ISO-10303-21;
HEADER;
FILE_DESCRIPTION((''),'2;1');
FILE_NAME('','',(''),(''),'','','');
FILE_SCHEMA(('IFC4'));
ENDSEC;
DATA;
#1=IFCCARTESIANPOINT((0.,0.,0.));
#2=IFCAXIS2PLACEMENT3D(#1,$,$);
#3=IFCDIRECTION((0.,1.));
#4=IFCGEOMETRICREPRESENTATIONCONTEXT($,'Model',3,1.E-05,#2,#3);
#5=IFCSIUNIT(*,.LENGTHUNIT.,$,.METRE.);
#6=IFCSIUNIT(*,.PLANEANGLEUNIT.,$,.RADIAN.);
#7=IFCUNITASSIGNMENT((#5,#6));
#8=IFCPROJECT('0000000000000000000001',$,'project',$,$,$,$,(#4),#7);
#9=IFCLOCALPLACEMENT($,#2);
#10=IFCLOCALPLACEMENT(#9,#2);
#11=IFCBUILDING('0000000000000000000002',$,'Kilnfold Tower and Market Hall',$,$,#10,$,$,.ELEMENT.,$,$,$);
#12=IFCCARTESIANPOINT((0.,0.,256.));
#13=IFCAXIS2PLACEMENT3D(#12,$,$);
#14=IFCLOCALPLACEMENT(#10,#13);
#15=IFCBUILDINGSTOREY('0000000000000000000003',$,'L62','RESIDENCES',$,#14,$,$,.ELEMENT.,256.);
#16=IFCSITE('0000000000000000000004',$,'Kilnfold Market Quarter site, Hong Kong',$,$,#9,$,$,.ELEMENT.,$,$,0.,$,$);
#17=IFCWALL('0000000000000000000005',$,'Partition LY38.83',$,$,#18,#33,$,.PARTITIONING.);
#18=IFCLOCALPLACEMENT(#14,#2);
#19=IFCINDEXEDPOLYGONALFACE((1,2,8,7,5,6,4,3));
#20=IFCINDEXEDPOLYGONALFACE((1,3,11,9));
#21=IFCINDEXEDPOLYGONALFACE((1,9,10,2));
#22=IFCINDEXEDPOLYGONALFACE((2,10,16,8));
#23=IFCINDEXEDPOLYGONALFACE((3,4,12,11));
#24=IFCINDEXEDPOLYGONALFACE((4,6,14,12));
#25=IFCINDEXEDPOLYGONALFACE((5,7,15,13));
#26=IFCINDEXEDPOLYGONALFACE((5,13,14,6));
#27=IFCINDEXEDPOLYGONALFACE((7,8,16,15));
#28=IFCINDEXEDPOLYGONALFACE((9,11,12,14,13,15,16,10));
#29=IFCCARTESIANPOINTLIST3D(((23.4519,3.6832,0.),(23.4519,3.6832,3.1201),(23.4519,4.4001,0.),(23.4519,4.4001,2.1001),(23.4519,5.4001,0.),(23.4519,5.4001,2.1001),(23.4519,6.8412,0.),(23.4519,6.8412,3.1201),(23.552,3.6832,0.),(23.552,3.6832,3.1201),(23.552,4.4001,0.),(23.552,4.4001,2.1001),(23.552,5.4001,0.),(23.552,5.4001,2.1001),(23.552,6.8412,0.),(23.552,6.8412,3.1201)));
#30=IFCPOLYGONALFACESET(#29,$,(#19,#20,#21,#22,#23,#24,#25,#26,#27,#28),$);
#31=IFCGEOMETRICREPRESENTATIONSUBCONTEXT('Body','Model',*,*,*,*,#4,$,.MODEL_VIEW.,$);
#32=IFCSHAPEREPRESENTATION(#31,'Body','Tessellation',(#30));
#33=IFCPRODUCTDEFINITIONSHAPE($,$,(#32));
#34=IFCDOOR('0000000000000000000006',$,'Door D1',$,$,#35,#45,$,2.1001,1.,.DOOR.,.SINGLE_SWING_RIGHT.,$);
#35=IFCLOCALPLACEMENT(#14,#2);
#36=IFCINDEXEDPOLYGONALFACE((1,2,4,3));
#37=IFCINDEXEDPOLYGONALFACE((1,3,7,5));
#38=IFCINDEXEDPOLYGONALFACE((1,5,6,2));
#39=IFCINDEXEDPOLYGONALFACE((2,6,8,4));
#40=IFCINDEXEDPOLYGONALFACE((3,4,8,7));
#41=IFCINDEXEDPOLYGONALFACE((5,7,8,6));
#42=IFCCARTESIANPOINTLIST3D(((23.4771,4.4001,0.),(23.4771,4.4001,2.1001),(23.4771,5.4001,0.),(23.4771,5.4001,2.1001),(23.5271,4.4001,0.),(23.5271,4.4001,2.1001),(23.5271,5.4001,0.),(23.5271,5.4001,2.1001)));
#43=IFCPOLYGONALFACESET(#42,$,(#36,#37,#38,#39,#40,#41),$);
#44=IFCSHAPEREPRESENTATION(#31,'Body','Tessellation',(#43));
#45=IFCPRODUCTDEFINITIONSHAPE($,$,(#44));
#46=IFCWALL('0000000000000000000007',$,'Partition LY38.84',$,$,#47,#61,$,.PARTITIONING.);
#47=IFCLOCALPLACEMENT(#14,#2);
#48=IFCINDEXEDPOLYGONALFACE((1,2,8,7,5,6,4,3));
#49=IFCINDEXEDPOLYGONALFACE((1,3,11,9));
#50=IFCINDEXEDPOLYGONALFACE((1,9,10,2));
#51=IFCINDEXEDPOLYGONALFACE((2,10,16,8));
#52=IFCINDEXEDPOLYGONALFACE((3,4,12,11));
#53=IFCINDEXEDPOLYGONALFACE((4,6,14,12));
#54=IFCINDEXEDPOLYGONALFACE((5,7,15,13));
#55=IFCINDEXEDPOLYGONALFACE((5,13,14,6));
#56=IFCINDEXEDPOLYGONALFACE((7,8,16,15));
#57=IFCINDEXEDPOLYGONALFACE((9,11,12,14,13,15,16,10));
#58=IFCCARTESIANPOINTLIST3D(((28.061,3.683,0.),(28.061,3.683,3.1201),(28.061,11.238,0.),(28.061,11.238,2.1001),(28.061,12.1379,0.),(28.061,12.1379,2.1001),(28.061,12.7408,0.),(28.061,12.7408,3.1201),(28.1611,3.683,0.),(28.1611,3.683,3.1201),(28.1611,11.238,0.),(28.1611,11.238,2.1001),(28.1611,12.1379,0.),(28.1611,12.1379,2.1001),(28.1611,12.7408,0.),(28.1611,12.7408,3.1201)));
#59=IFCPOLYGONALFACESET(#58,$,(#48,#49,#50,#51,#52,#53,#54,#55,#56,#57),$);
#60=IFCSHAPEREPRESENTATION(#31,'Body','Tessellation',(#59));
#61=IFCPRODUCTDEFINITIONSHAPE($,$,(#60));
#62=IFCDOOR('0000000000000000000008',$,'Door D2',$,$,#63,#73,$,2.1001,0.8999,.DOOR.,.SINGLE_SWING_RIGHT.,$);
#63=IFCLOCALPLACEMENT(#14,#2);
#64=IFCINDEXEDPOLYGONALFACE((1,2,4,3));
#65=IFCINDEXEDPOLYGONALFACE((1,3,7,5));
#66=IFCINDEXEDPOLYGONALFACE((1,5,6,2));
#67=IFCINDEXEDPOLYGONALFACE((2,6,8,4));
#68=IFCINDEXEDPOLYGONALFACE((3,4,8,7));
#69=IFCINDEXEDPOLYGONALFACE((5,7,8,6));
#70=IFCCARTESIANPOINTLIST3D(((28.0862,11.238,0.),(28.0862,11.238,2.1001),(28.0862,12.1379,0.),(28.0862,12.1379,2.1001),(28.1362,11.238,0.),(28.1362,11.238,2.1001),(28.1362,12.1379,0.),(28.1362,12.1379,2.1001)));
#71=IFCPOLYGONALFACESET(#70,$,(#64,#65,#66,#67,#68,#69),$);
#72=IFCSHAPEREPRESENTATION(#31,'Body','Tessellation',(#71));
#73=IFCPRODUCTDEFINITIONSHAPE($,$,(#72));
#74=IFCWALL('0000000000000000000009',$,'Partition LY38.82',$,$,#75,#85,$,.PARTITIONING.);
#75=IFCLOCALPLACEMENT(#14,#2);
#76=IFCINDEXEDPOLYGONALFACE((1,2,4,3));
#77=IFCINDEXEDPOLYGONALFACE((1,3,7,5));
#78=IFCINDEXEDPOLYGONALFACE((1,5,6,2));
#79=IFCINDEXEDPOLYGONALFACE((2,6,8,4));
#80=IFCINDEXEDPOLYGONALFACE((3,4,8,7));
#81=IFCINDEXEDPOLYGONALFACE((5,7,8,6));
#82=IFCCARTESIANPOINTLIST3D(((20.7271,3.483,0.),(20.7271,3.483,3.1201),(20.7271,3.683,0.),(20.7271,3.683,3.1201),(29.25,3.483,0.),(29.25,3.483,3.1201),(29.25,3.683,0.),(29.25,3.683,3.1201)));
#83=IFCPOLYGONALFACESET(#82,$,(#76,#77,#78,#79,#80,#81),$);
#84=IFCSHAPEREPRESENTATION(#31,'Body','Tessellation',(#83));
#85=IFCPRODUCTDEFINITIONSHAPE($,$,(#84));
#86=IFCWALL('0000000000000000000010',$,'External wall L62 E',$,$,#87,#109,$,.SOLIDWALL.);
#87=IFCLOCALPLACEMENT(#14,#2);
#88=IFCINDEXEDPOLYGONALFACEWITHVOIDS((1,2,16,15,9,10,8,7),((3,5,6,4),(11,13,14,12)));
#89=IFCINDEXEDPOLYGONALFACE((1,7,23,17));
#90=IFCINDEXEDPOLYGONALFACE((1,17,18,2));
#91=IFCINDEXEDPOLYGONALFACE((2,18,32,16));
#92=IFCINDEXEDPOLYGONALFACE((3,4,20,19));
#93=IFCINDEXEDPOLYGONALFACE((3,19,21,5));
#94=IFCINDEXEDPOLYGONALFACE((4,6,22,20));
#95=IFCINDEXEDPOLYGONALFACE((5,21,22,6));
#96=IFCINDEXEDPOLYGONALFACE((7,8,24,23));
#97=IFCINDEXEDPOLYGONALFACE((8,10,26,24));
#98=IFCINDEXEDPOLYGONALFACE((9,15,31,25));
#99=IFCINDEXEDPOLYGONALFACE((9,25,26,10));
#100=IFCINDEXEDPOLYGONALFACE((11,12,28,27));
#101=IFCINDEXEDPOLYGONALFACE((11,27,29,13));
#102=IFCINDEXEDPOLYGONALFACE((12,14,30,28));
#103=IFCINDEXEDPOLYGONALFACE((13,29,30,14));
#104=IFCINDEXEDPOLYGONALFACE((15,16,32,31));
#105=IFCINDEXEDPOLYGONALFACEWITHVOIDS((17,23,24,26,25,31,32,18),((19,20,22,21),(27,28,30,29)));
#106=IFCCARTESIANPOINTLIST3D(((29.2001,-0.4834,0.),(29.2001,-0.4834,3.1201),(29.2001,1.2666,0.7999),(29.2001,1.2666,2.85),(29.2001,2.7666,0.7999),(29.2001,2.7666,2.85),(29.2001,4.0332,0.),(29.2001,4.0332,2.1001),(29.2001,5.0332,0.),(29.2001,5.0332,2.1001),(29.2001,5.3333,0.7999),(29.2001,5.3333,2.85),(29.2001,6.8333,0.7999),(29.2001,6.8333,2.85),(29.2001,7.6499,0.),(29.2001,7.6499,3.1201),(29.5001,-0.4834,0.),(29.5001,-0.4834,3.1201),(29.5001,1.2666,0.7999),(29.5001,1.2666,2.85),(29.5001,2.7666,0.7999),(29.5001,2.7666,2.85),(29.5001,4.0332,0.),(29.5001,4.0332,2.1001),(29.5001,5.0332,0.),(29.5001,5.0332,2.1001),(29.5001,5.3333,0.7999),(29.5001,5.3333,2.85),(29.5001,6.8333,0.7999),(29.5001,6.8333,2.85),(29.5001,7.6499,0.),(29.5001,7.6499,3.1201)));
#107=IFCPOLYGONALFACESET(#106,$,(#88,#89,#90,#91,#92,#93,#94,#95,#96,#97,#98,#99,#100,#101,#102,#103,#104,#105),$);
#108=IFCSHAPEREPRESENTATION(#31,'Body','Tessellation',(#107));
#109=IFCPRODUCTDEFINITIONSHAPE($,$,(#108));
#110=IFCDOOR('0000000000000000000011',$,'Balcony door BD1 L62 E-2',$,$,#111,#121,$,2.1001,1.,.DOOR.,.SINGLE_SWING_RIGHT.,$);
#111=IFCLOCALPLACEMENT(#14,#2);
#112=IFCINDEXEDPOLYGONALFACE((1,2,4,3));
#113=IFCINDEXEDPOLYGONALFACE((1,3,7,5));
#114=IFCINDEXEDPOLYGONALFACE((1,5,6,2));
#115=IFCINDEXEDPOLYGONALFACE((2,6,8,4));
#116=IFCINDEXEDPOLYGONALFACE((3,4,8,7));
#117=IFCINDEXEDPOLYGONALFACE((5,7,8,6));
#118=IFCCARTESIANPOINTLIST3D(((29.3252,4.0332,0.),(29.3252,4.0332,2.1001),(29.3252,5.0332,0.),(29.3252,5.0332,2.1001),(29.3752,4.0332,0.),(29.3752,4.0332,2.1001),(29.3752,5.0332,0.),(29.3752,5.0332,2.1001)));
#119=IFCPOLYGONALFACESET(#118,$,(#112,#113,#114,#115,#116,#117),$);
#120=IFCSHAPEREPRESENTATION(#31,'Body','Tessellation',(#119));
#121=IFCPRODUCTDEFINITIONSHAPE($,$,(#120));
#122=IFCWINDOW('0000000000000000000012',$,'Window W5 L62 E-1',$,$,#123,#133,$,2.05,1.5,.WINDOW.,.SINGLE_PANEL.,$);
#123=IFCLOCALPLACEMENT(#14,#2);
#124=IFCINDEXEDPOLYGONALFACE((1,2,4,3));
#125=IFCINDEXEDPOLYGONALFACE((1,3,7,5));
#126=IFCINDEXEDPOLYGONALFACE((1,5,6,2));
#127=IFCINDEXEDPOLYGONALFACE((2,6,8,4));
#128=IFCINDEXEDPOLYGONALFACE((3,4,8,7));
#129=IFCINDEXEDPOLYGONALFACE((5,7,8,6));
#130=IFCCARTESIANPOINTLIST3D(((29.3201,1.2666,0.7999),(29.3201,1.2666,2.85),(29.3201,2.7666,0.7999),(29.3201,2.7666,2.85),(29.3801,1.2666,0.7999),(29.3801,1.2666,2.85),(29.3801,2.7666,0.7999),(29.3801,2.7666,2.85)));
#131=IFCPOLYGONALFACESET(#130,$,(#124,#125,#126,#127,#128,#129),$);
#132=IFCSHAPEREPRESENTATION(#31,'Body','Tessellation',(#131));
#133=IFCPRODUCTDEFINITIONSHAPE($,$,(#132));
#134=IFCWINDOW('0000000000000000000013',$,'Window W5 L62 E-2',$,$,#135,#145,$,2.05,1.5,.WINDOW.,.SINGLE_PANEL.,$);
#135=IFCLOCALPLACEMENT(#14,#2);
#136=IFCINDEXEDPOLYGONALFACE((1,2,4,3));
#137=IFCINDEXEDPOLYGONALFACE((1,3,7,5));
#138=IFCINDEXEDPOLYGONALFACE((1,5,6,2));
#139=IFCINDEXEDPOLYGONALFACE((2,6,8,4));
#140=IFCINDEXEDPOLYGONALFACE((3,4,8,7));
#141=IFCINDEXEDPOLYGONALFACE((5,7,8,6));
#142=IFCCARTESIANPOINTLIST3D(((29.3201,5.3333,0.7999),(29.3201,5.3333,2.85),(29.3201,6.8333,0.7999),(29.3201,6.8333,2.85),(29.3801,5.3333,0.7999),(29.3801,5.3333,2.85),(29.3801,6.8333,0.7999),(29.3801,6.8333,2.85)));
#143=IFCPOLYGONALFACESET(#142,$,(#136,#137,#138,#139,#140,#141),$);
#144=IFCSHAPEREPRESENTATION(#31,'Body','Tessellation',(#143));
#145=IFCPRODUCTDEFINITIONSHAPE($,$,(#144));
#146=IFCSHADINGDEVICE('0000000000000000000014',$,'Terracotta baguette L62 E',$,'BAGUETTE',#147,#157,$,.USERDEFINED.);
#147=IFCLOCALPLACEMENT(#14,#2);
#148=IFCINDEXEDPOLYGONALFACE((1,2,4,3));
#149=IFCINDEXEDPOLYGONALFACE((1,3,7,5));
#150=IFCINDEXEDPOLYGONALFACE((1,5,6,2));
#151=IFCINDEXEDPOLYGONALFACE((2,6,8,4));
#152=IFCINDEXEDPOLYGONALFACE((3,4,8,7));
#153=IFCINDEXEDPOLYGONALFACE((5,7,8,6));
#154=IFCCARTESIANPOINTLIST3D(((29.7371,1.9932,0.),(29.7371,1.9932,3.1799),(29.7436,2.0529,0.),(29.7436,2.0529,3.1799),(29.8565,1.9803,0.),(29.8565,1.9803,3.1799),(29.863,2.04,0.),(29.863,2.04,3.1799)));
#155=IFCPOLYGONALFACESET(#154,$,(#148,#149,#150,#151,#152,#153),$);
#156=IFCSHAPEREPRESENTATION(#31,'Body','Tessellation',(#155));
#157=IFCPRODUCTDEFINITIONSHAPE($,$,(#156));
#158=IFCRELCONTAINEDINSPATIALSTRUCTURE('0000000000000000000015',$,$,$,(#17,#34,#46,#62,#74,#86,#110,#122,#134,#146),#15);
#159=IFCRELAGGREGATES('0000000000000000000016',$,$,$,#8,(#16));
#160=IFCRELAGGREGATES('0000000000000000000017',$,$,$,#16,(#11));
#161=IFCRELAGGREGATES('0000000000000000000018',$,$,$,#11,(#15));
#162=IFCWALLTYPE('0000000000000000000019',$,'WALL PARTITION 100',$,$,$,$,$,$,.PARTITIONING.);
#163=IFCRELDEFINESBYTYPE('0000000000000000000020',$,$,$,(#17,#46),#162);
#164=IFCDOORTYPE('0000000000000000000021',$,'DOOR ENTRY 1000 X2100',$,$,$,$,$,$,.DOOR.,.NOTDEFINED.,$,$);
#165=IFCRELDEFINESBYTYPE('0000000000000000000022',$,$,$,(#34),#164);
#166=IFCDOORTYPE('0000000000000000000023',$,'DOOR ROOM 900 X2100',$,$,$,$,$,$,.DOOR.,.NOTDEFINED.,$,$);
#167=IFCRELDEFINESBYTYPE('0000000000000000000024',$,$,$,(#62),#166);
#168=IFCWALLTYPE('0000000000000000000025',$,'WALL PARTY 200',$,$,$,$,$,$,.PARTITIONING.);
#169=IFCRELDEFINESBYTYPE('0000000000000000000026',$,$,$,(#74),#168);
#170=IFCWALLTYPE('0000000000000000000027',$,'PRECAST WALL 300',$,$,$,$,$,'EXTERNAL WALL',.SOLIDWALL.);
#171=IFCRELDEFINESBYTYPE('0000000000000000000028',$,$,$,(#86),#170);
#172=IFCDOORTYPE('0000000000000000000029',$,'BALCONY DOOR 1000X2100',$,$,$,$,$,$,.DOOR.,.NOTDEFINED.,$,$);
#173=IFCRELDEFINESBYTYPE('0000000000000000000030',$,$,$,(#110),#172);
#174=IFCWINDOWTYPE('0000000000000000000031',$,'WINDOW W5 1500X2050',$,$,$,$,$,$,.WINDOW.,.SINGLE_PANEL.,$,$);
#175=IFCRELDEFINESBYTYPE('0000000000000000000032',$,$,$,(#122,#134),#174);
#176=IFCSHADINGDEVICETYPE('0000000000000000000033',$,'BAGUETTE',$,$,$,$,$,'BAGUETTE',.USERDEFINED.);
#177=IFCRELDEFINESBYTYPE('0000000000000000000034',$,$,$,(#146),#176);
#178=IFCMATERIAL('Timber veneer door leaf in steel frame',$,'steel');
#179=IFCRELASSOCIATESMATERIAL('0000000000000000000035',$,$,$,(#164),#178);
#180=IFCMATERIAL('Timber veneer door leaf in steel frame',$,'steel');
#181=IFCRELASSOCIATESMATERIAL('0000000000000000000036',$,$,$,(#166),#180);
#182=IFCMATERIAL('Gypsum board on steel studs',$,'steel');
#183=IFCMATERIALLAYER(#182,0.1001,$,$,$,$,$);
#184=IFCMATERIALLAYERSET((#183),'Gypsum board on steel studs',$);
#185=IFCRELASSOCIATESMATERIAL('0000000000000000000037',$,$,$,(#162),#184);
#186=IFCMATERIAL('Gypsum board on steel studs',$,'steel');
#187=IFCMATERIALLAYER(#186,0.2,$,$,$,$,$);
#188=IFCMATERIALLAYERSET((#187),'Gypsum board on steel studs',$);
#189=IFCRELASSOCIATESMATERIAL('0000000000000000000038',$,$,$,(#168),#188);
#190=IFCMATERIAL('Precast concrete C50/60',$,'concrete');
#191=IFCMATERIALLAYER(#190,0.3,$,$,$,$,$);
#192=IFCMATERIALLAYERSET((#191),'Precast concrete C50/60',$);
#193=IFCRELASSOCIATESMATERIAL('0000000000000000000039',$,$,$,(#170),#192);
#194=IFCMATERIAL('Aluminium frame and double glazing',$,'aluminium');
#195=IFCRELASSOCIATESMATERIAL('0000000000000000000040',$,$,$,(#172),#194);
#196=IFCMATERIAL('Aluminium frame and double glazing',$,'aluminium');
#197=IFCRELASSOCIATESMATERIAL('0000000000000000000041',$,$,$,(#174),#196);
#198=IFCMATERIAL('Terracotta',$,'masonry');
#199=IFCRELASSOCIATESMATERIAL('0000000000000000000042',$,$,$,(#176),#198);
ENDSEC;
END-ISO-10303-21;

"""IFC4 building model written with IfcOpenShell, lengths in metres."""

from ifc_helpers import new_model, si_unit, direction, frame, frame_2d, origin, origin_2d, place, context, subcontext, project, spatial, rectangle, extrude, source, transform, mapped, material, layer, layer_set, material_profile, profile_set, type_object, element, fill, save


model = new_model("IFC4")

# Units and contexts
model_context = context("Model", 3, precision=1e-05, world=origin(), true_north=direction((0.0, 1.0)))
body_context = subcontext(model_context, "Body", "Model", "MODEL_VIEW")
ifc_project = project(units=[si_unit("LENGTHUNIT", "METRE"), si_unit("PLANEANGLEUNIT", "RADIAN")], contexts=[model_context])

# Site, building, storey
site_placement = place(None, origin())
site = spatial("IfcSite", under=ifc_project, at=site_placement, Name="Kilnfold Market Quarter site, Hong Kong", CompositionType="ELEMENT", RefElevation=0.0)
building_placement = place(site_placement, origin())
building = spatial("IfcBuilding", under=site, at=building_placement, Name="Kilnfold Tower and Market Hall", CompositionType="ELEMENT")
storey_placement = place(building_placement, frame((0.0, 0.0, 256.0)))
storey = spatial("IfcBuildingStorey", under=building, at=storey_placement, Name="L62", Description="RESIDENCES", CompositionType="ELEMENT", Elevation=256.0)

# Walls, openings, doors
ifc_material_1 = material(Name="Timber veneer door leaf in steel frame", Category="steel")
door_type_1 = type_object("IfcDoorType", Name="DOOR ENTRY 1000 X2100", OperationType="NOTDEFINED", PredefinedType="DOOR", material=ifc_material_1)
ifc_material_2 = material(Name="Timber veneer door leaf in steel frame", Category="steel")
door_type_2 = type_object("IfcDoorType", Name="DOOR ROOM 900 X2100", OperationType="NOTDEFINED", PredefinedType="DOOR", material=ifc_material_2)
ifc_material_3 = material(Name="Gypsum board on steel studs", Category="steel")
ifc_layer_1 = layer(ifc_material_3, 0.1001)
ifc_layer_set_1 = layer_set([ifc_layer_1], Name="Gypsum board on steel studs")
wall_type_1 = type_object("IfcWallType", Name="WALL PARTITION 100", PredefinedType="PARTITIONING", material=ifc_layer_set_1)
wall_1_placement = place(storey_placement, frame((23.502, 3.6831, 0.0), z_axis=(0.0, 0.0, 1.0), x_axis=(0.0, 1.0, 0.0)))
wall_1 = element("IfcWall", 1, at=wall_1_placement, inside=storey, type_object=wall_type_1, Name="Partition LY38.83", PredefinedType="PARTITIONING", context=body_context, shape_type="SweptSolid", body=[
    extrude(rectangle(XDim=3.158, YDim=0.1001, at=frame_2d((1.5791, 0.0))), origin(), (0.0, 0.0, 1.0), 3.1201),
])
opening_1_placement = place(wall_1_placement, frame((0.717, 0.0, 0.0)))
opening_1 = element("IfcOpeningElement", 2, at=opening_1_placement, cuts=wall_1, PredefinedType="OPENING", context=body_context, shape_type="SweptSolid", body=[
    extrude(rectangle(XDim=1.0, YDim=2.1001, at=frame_2d((0.5, 1.05))), frame((0.0, 0.0601, 0.0), z_axis=(0.0, -1.0, 0.0), x_axis=(1.0, 0.0, 0.0)), (0.0, 0.0, 1.0), 0.1201),
])
door_1_placement = place(opening_1_placement, origin())
door_1 = element("IfcDoor", 3, at=door_1_placement, inside=storey, type_object=door_type_1, Name="Door D1", OperationType="SINGLE_SWING_RIGHT", OverallHeight=2.1001, OverallWidth=1.0, PredefinedType="DOOR", context=body_context, shape_type="SweptSolid", body=[
    extrude(rectangle(XDim=1.0, YDim=2.1001, at=frame_2d((0.5, 1.05))), frame((0.0, 0.0249, 0.0), z_axis=(0.0, -1.0, 0.0), x_axis=(1.0, 0.0, 0.0)), (0.0, 0.0, 1.0), 0.05),
])
fill(opening_1, door_1)
wall_2_placement = place(storey_placement, frame((28.1111, 3.6831, 0.0), z_axis=(0.0, 0.0, 1.0), x_axis=(0.0, 1.0, 0.0)))
wall_2 = element("IfcWall", 4, at=wall_2_placement, inside=storey, type_object=wall_type_1, Name="Partition LY38.84", PredefinedType="PARTITIONING", context=body_context, shape_type="SweptSolid", body=[
    extrude(rectangle(XDim=9.0579, YDim=0.1001, at=frame_2d((4.5288, 0.0))), origin(), (0.0, 0.0, 1.0), 3.1201),
])
opening_2_placement = place(wall_2_placement, frame((7.5549, 0.0, 0.0)))
opening_2 = element("IfcOpeningElement", 5, at=opening_2_placement, cuts=wall_2, PredefinedType="OPENING", context=body_context, shape_type="SweptSolid", body=[
    extrude(rectangle(XDim=0.8999, YDim=2.1001, at=frame_2d((0.45, 1.05))), frame((0.0, 0.0601, 0.0), z_axis=(0.0, -1.0, 0.0), x_axis=(1.0, 0.0, 0.0)), (0.0, 0.0, 1.0), 0.1201),
])
door_2_placement = place(opening_2_placement, origin())
door_2 = element("IfcDoor", 6, at=door_2_placement, inside=storey, type_object=door_type_2, Name="Door D2", OperationType="SINGLE_SWING_RIGHT", OverallHeight=2.1001, OverallWidth=0.8999, PredefinedType="DOOR", context=body_context, shape_type="SweptSolid", body=[
    extrude(rectangle(XDim=0.8999, YDim=2.1001, at=frame_2d((0.45, 1.05))), frame((0.0, 0.0249, 0.0), z_axis=(0.0, -1.0, 0.0), x_axis=(1.0, 0.0, 0.0)), (0.0, 0.0, 1.0), 0.05),
])
fill(opening_2, door_2)

# Wall
ifc_material_4 = material(Name="Gypsum board on steel studs", Category="steel")
ifc_layer_2 = layer(ifc_material_4, 0.2)
ifc_layer_set_2 = layer_set([ifc_layer_2], Name="Gypsum board on steel studs")
wall_type_2 = type_object("IfcWallType", Name="WALL PARTY 200", PredefinedType="PARTITIONING", material=ifc_layer_set_2)
wall_3_placement = place(storey_placement, frame((20.7271, 3.583, 0.0), z_axis=(0.0, 0.0, 1.0), x_axis=(1.0, 0.0, 0.0)))
element("IfcWall", 7, at=wall_3_placement, inside=storey, type_object=wall_type_2, Name="Partition LY38.82", PredefinedType="PARTITIONING", context=body_context, shape_type="SweptSolid", body=[
    extrude(rectangle(XDim=8.5229, YDim=0.2, at=frame_2d((4.2615, 0.0))), origin(), (0.0, 0.0, 1.0), 3.1201),
])

# Wall, openings, door, windows
ifc_material_5 = material(Name="Precast concrete C50/60", Category="concrete")
ifc_layer_3 = layer(ifc_material_5, 0.3)
ifc_layer_set_3 = layer_set([ifc_layer_3], Name="Precast concrete C50/60")
wall_type_3 = type_object("IfcWallType", Name="PRECAST WALL 300", ElementType="EXTERNAL WALL", PredefinedType="SOLIDWALL", material=ifc_layer_set_3)
shared_shape_1 = source(origin(), body_context, "Body", "SweptSolid", [
    extrude(rectangle(XDim=8.1333, YDim=0.3, at=frame_2d((4.0667, 0.0))), origin(), (0.0, 0.0, 1.0), 3.1201),
])
wall_4_placement = place(storey_placement, frame((29.3501, -0.4834, 0.0), z_axis=(0.0, 0.0, 1.0), x_axis=(0.0, 1.0, 0.0)))
wall_4 = element("IfcWall", 8, at=wall_4_placement, inside=storey, type_object=wall_type_3, Name="External wall L62 E", PredefinedType="SOLIDWALL", context=body_context, shape_type="MappedRepresentation", body=[
    mapped(shared_shape_1, transform((0.0, 0.0, 0.0))),
])
opening_3_placement = place(wall_4_placement, frame((1.75, 0.0, 0.8)))
opening_3 = element("IfcOpeningElement", 9, at=opening_3_placement, cuts=wall_4, PredefinedType="OPENING", context=body_context, shape_type="SweptSolid", body=[
    extrude(rectangle(XDim=1.5, YDim=2.05, at=frame_2d((0.75, 1.0249))), frame((0.0, 0.1602, 0.0), z_axis=(0.0, -1.0, 0.0), x_axis=(1.0, 0.0, 0.0)), (0.0, 0.0, 1.0), 0.3201),
])
opening_4_placement = place(wall_4_placement, frame((5.8167, 0.0, 0.8)))
opening_4 = element("IfcOpeningElement", 10, at=opening_4_placement, cuts=wall_4, PredefinedType="OPENING", context=body_context, shape_type="SweptSolid", body=[
    extrude(rectangle(XDim=1.5, YDim=2.05, at=frame_2d((0.75, 1.0249))), frame((0.0, 0.1602, 0.0), z_axis=(0.0, -1.0, 0.0), x_axis=(1.0, 0.0, 0.0)), (0.0, 0.0, 1.0), 0.3201),
])
opening_5_placement = place(wall_4_placement, frame((4.5166, 0.0, 0.0)))
opening_5 = element("IfcOpeningElement", 11, at=opening_5_placement, cuts=wall_4, PredefinedType="OPENING", context=body_context, shape_type="SweptSolid", body=[
    extrude(rectangle(XDim=1.0, YDim=2.1001, at=frame_2d((0.5, 1.05))), frame((0.0, 0.1602, 0.0), z_axis=(0.0, -1.0, 0.0), x_axis=(1.0, 0.0, 0.0)), (0.0, 0.0, 1.0), 0.3201),
])
ifc_material_6 = material(Name="Aluminium frame and double glazing", Category="aluminium")
door_type_3 = type_object("IfcDoorType", Name="BALCONY DOOR 1000X2100", OperationType="NOTDEFINED", PredefinedType="DOOR", material=ifc_material_6)
door_3_placement = place(opening_5_placement, origin())
door_3 = element("IfcDoor", 12, at=door_3_placement, inside=storey, type_object=door_type_3, Name="Balcony door BD1 L62 E-2", OperationType="SINGLE_SWING_RIGHT", OverallHeight=2.1001, OverallWidth=1.0, PredefinedType="DOOR", context=body_context, shape_type="SweptSolid", body=[
    extrude(rectangle(XDim=1.0, YDim=2.1001, at=frame_2d((0.5, 1.05))), frame((0.0, 0.0249, 0.0), z_axis=(0.0, -1.0, 0.0), x_axis=(1.0, 0.0, 0.0)), (0.0, 0.0, 1.0), 0.05),
])
fill(opening_5, door_3)
ifc_material_7 = material(Name="Aluminium frame and double glazing", Category="aluminium")
window_type = type_object("IfcWindowType", Name="WINDOW W5 1500X2050", PartitioningType="SINGLE_PANEL", PredefinedType="WINDOW", material=ifc_material_7)
window_1_placement = place(opening_3_placement, origin())
window_1 = element("IfcWindow", 13, at=window_1_placement, inside=storey, type_object=window_type, Name="Window W5 L62 E-1", OverallHeight=2.05, OverallWidth=1.5, PartitioningType="SINGLE_PANEL", PredefinedType="WINDOW", context=body_context, shape_type="SweptSolid", body=[
    extrude(rectangle(XDim=1.5, YDim=2.05, at=frame_2d((0.75, 1.0249))), frame((0.0, 0.03, 0.0), z_axis=(0.0, -1.0, 0.0), x_axis=(1.0, 0.0, 0.0)), (0.0, 0.0, 1.0), 0.0601),
])
fill(opening_3, window_1)
window_2_placement = place(opening_4_placement, origin())
window_2 = element("IfcWindow", 14, at=window_2_placement, inside=storey, type_object=window_type, Name="Window W5 L62 E-2", OverallHeight=2.05, OverallWidth=1.5, PartitioningType="SINGLE_PANEL", PredefinedType="WINDOW", context=body_context, shape_type="SweptSolid", body=[
    extrude(rectangle(XDim=1.5, YDim=2.05, at=frame_2d((0.75, 1.0249))), frame((0.0, 0.03, 0.0), z_axis=(0.0, -1.0, 0.0), x_axis=(1.0, 0.0, 0.0)), (0.0, 0.0, 1.0), 0.0601),
])
fill(opening_4, window_2)

# Shading device
ifc_material_8 = material(Name="Terracotta", Category="masonry")
ifc_material_profile_1 = material_profile(ifc_material_8, rectangle(XDim=0.0601, YDim=0.1201, at=origin_2d()), Name="BAG 60x120")
ifc_profile_set_1 = profile_set([ifc_material_profile_1], Name="Terracotta")
shading_device_type = type_object("IfcShadingDeviceType", Name="BAGUETTE", ElementType="BAGUETTE", PredefinedType="USERDEFINED", material=ifc_profile_set_1)
shared_shape_2 = source(origin(), body_context, "Body", "SweptSolid", [
    extrude(rectangle(XDim=0.0601, YDim=0.1201, at=origin_2d()), origin(), (0.0, 0.0, 1.0), 3.1799),
])
shading_device_placement = place(storey_placement, frame((29.8, 2.0166, 0.0), z_axis=(0.0, 0.0, 1.0), x_axis=(0.107947, 0.994157, 0.0)))
element("IfcShadingDevice", 15, at=shading_device_placement, inside=storey, type_object=shading_device_type, Name="Terracotta baguette L62 E", ObjectType="BAGUETTE", PredefinedType="USERDEFINED", context=body_context, shape_type="MappedRepresentation", body=[
    mapped(shared_shape_2, transform((0.0, 0.0, 0.0))),
])

save(model, "model.ifc")
